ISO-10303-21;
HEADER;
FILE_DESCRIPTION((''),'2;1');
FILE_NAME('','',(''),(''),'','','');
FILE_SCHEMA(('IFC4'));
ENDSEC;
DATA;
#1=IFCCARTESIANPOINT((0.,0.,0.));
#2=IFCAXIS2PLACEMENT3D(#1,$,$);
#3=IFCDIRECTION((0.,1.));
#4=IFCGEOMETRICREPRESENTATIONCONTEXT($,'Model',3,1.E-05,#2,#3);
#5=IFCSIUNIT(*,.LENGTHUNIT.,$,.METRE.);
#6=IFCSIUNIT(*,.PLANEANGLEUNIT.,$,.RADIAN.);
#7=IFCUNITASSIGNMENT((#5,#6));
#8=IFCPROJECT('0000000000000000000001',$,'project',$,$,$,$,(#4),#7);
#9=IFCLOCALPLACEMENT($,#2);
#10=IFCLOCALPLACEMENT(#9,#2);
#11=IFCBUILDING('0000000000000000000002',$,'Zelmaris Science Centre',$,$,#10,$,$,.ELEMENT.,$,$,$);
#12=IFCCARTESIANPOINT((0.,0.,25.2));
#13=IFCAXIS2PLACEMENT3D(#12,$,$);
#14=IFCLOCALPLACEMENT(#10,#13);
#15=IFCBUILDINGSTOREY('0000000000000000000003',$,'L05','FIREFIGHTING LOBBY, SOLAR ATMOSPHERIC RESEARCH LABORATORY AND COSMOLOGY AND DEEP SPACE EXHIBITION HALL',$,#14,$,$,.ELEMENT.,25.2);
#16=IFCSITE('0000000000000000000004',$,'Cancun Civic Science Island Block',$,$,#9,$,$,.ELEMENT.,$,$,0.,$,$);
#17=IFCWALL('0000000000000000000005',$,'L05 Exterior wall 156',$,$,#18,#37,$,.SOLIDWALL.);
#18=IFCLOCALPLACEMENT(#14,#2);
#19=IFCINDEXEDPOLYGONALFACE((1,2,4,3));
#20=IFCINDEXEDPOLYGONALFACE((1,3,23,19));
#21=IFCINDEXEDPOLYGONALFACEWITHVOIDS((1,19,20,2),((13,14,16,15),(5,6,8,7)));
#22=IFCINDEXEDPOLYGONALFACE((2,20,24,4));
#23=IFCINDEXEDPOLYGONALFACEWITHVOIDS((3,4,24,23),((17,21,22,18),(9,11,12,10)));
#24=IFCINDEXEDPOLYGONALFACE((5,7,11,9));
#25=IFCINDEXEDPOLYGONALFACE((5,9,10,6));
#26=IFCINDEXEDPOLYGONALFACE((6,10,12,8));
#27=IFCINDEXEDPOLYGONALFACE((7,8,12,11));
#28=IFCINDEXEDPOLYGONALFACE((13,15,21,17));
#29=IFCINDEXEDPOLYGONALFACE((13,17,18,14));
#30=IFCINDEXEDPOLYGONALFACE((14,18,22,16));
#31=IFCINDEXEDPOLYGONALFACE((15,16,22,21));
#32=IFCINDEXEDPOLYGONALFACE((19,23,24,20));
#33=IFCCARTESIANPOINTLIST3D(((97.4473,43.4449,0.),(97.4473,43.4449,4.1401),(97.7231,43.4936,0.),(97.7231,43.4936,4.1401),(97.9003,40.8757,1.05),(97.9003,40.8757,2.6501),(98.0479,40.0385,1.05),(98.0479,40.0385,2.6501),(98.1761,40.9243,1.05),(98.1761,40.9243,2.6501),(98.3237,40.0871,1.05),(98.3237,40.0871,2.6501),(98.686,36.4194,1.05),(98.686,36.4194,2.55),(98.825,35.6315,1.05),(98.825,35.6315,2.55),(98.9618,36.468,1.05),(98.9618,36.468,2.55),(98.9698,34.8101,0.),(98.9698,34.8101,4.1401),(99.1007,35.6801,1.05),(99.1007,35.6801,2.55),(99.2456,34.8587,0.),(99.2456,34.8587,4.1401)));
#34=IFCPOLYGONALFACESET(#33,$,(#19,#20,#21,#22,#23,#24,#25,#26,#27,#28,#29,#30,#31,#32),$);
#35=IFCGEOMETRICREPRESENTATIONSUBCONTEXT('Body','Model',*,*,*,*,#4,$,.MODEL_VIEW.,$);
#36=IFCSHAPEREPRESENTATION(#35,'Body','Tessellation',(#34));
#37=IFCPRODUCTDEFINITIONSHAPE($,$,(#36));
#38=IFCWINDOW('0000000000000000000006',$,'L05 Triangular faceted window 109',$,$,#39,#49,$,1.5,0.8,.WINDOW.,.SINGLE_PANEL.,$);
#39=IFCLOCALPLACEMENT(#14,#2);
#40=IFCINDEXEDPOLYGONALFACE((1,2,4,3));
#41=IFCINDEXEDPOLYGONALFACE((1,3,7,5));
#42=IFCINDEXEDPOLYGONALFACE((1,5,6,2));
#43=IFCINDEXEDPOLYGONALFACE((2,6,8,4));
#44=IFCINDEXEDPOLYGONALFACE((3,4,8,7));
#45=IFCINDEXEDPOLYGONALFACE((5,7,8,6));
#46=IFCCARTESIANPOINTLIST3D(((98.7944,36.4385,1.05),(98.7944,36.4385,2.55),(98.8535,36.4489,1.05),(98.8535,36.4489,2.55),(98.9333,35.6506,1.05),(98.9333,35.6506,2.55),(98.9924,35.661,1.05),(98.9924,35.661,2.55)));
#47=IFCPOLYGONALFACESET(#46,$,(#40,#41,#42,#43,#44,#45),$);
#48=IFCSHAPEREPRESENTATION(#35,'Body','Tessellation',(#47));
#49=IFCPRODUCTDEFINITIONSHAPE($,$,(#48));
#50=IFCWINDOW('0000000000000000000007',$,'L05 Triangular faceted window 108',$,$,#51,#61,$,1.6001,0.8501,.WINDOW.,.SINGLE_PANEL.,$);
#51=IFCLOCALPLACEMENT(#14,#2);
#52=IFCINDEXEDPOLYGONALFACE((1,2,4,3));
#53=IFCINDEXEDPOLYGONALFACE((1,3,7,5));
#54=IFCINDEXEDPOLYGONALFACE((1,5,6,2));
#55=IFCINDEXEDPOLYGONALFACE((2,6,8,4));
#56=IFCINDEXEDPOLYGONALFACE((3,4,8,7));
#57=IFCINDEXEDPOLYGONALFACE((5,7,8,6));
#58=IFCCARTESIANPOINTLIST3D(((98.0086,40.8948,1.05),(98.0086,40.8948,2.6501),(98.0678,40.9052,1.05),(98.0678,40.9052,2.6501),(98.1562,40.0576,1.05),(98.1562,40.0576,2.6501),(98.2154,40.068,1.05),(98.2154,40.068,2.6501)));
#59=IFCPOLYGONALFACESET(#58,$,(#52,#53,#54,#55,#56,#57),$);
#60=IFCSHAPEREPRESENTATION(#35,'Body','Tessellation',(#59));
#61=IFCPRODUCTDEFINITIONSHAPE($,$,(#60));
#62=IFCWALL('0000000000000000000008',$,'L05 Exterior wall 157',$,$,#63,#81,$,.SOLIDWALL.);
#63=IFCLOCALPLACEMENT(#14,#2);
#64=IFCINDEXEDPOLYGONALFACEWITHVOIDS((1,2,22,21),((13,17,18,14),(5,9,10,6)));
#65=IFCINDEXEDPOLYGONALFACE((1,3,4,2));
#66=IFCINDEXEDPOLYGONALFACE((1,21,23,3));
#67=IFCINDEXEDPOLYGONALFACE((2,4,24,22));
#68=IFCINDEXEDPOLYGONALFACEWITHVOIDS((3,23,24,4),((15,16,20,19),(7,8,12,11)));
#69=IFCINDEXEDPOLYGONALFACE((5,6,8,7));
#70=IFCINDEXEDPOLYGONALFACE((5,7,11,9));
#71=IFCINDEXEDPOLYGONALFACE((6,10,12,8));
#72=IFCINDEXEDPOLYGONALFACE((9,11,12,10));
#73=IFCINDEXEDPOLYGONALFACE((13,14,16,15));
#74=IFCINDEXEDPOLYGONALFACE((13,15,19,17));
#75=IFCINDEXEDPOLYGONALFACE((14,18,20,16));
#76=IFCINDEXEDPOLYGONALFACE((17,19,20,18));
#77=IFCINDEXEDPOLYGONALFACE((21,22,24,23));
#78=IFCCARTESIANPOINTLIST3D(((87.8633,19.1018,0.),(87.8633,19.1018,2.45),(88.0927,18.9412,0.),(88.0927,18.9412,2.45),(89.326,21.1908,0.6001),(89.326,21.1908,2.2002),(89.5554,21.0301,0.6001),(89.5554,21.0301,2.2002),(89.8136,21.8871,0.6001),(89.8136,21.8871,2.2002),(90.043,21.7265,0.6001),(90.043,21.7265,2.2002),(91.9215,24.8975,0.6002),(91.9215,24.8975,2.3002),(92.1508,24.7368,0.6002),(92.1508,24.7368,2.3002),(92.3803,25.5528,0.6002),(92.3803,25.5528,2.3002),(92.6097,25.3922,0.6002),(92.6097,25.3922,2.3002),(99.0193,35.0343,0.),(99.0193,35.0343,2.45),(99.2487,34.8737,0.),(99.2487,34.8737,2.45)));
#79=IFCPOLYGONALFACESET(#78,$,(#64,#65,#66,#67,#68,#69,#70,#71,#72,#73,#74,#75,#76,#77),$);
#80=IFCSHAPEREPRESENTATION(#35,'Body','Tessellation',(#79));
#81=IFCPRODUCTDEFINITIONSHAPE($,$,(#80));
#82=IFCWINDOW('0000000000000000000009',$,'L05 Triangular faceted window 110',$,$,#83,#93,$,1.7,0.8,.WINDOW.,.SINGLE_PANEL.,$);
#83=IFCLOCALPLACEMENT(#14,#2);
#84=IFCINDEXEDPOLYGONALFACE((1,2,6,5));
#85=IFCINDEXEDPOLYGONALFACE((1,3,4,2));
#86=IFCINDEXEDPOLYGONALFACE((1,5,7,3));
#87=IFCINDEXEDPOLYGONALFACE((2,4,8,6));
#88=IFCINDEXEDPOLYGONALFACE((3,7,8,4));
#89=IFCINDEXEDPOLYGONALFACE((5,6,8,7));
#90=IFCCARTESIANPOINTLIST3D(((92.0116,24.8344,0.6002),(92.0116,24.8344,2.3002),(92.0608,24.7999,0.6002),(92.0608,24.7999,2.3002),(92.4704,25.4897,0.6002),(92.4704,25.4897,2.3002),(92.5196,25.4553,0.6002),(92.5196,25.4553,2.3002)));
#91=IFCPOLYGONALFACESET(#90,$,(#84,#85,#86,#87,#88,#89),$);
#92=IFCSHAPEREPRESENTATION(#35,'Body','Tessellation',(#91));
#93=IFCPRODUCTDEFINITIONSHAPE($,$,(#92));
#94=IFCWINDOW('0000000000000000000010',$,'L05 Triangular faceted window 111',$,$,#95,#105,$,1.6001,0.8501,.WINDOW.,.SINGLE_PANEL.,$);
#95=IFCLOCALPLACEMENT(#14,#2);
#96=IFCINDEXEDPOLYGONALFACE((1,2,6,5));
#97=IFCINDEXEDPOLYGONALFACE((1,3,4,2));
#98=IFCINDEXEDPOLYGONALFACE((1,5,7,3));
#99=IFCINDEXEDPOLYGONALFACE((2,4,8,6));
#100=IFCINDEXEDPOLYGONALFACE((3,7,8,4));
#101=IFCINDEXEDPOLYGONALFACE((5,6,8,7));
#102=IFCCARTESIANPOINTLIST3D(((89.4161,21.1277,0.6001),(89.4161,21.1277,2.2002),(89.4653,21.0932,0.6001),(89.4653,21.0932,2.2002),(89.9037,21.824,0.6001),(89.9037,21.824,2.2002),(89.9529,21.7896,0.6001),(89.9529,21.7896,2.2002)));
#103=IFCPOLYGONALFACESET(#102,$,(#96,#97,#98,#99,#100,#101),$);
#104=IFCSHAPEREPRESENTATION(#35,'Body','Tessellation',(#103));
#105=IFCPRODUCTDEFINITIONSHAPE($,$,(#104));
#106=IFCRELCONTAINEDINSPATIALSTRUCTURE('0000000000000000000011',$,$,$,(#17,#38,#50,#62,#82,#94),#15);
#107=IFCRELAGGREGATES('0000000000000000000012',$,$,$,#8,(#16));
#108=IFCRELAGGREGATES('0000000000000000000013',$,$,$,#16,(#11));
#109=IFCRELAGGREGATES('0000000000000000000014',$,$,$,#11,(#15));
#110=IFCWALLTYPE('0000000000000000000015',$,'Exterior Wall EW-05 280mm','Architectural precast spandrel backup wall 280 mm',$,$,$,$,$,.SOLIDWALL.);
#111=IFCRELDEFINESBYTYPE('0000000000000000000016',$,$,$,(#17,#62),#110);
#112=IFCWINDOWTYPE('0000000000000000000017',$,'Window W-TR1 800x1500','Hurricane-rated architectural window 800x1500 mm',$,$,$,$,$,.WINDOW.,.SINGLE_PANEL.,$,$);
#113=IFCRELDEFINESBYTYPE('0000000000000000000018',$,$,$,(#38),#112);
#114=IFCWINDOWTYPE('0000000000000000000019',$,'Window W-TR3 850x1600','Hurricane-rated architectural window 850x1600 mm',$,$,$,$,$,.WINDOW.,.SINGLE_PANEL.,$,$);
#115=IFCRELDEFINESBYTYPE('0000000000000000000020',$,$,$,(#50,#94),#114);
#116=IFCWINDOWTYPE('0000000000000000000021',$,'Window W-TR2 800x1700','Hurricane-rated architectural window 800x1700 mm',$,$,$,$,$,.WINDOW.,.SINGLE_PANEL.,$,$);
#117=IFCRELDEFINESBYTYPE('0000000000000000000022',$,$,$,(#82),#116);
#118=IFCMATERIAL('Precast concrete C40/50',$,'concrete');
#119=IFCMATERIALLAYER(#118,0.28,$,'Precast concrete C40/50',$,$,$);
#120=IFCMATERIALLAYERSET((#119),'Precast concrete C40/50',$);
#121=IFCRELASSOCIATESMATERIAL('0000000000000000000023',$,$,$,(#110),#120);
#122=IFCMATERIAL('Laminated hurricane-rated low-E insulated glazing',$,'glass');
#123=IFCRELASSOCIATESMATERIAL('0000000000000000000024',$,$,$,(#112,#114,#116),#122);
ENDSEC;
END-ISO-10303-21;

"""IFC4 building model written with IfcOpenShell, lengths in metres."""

from ifc_helpers import new_model, si_unit, direction, frame, frame_2d, origin, place, context, subcontext, project, spatial, rectangle, extrude, material, layer, layer_set, type_object, element, fill, save


model = new_model("IFC4")

# Units and contexts
model_context = context("Model", 3, precision=1e-05, world=origin(), true_north=direction((0.0, 1.0)))
body_context = subcontext(model_context, "Body", "Model", "MODEL_VIEW")
ifc_project = project(units=[si_unit("LENGTHUNIT", "METRE"), si_unit("PLANEANGLEUNIT", "RADIAN")], contexts=[model_context])

# Site, building, storey
site_placement = place(None, origin())
site = spatial("IfcSite", under=ifc_project, at=site_placement, Name="Cancun Civic Science Island Block", CompositionType="ELEMENT", RefElevation=0.0)
building_placement = place(site_placement, origin())
building = spatial("IfcBuilding", under=site, at=building_placement, Name="Zelmaris Science Centre", CompositionType="ELEMENT")
storey_placement = place(building_placement, frame((0.0, 0.0, 25.2)))
storey = spatial("IfcBuildingStorey", under=building, at=storey_placement, Name="L05", Description="FIREFIGHTING LOBBY, SOLAR ATMOSPHERIC RESEARCH LABORATORY AND COSMOLOGY AND DEEP SPACE EXHIBITION HALL", CompositionType="ELEMENT", Elevation=25.2)

# Shared definitions
ifc_material_1 = material(Name="Laminated hurricane-rated low-E insulated glazing", Category="glass")

# Shared definitions
ifc_material_2 = material(Name="Precast concrete C40/50", Category="concrete")

# Walls, openings, windows
ifc_layer_1 = layer(ifc_material_2, 0.28, Name="Precast concrete C40/50")
ifc_layer_set_1 = layer_set([ifc_layer_1], Name="Precast concrete C40/50")
wall_type_1 = type_object("IfcWallType", Name="Exterior Wall EW-05 280mm", Description="Architectural precast spandrel backup wall 280 mm", PredefinedType="SOLIDWALL", material=ifc_layer_set_1)
wall_1_placement = place(storey_placement, frame((97.5852, 43.4692, 0.0), z_axis=(0.0, 0.0, 1.0), x_axis=(0.173639, -0.984809, 0.0)))
wall_1 = element("IfcWall", 1, at=wall_1_placement, inside=storey, type_object=wall_type_1, Name="L05 Exterior wall 156", PredefinedType="SOLIDWALL", context=body_context, shape_type="SweptSolid", body=[
    extrude(rectangle(XDim=8.7681, YDim=0.28, at=frame_2d((4.384, 0.0))), origin(), (0.0, 0.0, 1.0), 4.1401),
])
opening_1_placement = place(wall_1_placement, frame((2.6089, 0.0, 1.05)))
opening_1 = element("IfcOpeningElement", 2, at=opening_1_placement, cuts=wall_1, PredefinedType="OPENING", context=body_context, shape_type="SweptSolid", body=[
    extrude(rectangle(XDim=0.8501, YDim=1.6001, at=frame_2d((0.425, 0.8))), frame((0.0, 0.1499, 0.0), z_axis=(0.0, -1.0, 0.0), x_axis=(1.0, 0.0, 0.0)), (0.0, 0.0, 1.0), 0.3),
])
opening_2_placement = place(wall_1_placement, frame((7.134, 0.0, 1.05)))
opening_2 = element("IfcOpeningElement", 3, at=opening_2_placement, cuts=wall_1, PredefinedType="OPENING", context=body_context, shape_type="SweptSolid", body=[
    extrude(rectangle(XDim=0.8, YDim=1.5, at=frame_2d((0.3999, 0.75))), frame((0.0, 0.1499, 0.0), z_axis=(0.0, -1.0, 0.0), x_axis=(1.0, 0.0, 0.0)), (0.0, 0.0, 1.0), 0.3),
])
window_type_1 = type_object("IfcWindowType", Name="Window W-TR1 800x1500", Description="Hurricane-rated architectural window 800x1500 mm", PartitioningType="SINGLE_PANEL", PredefinedType="WINDOW", material=ifc_material_1)
window_1_placement = place(opening_2_placement, origin())
window_1 = element("IfcWindow", 4, at=window_1_placement, inside=storey, type_object=window_type_1, Name="L05 Triangular faceted window 109", OverallHeight=1.5, OverallWidth=0.8, PartitioningType="SINGLE_PANEL", PredefinedType="WINDOW", context=body_context, shape_type="SweptSolid", body=[
    extrude(rectangle(XDim=0.8, YDim=1.5, at=frame_2d((0.3999, 0.75))), frame((0.0, 0.03, 0.0), z_axis=(0.0, -1.0, 0.0), x_axis=(1.0, 0.0, 0.0)), (0.0, 0.0, 1.0), 0.0601),
])
fill(opening_2, window_1)
window_type_2 = type_object("IfcWindowType", Name="Window W-TR3 850x1600", Description="Hurricane-rated architectural window 850x1600 mm", PartitioningType="SINGLE_PANEL", PredefinedType="WINDOW", material=ifc_material_1)
window_2_placement = place(opening_1_placement, origin())
window_2 = element("IfcWindow", 5, at=window_2_placement, inside=storey, type_object=window_type_2, Name="L05 Triangular faceted window 108", OverallHeight=1.6001, OverallWidth=0.8501, PartitioningType="SINGLE_PANEL", PredefinedType="WINDOW", context=body_context, shape_type="SweptSolid", body=[
    extrude(rectangle(XDim=0.8501, YDim=1.6001, at=frame_2d((0.425, 0.8))), frame((0.0, 0.03, 0.0), z_axis=(0.0, -1.0, 0.0), x_axis=(1.0, 0.0, 0.0)), (0.0, 0.0, 1.0), 0.0601),
])
fill(opening_1, window_2)
wall_2_placement = place(storey_placement, frame((99.134, 34.9541, 0.0), z_axis=(0.0, 0.0, 1.0), x_axis=(-0.573572, -0.819155, 0.0)))
wall_2 = element("IfcWall", 6, at=wall_2_placement, inside=storey, type_object=wall_type_1, Name="L05 Exterior wall 157", PredefinedType="SOLIDWALL", context=body_context, shape_type="SweptSolid", body=[
    extrude(rectangle(XDim=19.45, YDim=0.28, at=frame_2d((9.7251, 0.0))), origin(), (0.0, 0.0, 1.0), 2.45),
])
opening_3_placement = place(wall_2_placement, frame((11.575, 0.0, 0.6001)))
opening_3 = element("IfcOpeningElement", 7, at=opening_3_placement, cuts=wall_2, PredefinedType="OPENING", context=body_context, shape_type="SweptSolid", body=[
    extrude(rectangle(XDim=0.8, YDim=1.7, at=frame_2d((0.3999, 0.8501))), frame((0.0, 0.1499, 0.0), z_axis=(0.0, -1.0, 0.0), x_axis=(1.0, 0.0, 0.0)), (0.0, 0.0, 1.0), 0.3),
])
opening_4_placement = place(wall_2_placement, frame((16.0498, 0.0, 0.6001)))
opening_4 = element("IfcOpeningElement", 8, at=opening_4_placement, cuts=wall_2, PredefinedType="OPENING", context=body_context, shape_type="SweptSolid", body=[
    extrude(rectangle(XDim=0.8501, YDim=1.6001, at=frame_2d((0.425, 0.8))), frame((0.0, 0.1499, 0.0), z_axis=(0.0, -1.0, 0.0), x_axis=(1.0, 0.0, 0.0)), (0.0, 0.0, 1.0), 0.3),
])
window_type_3 = type_object("IfcWindowType", Name="Window W-TR2 800x1700", Description="Hurricane-rated architectural window 800x1700 mm", PartitioningType="SINGLE_PANEL", PredefinedType="WINDOW", material=ifc_material_1)
window_3_placement = place(opening_3_placement, origin())
window_3 = element("IfcWindow", 9, at=window_3_placement, inside=storey, type_object=window_type_3, Name="L05 Triangular faceted window 110", OverallHeight=1.7, OverallWidth=0.8, PartitioningType="SINGLE_PANEL", PredefinedType="WINDOW", context=body_context, shape_type="SweptSolid", body=[
    extrude(rectangle(XDim=0.8, YDim=1.7, at=frame_2d((0.3999, 0.8501))), frame((0.0, 0.03, 0.0), z_axis=(0.0, -1.0, 0.0), x_axis=(1.0, 0.0, 0.0)), (0.0, 0.0, 1.0), 0.0601),
])
fill(opening_3, window_3)
window_4_placement = place(opening_4_placement, origin())
window_4 = element("IfcWindow", 10, at=window_4_placement, inside=storey, type_object=window_type_2, Name="L05 Triangular faceted window 111", OverallHeight=1.6001, OverallWidth=0.8501, PartitioningType="SINGLE_PANEL", PredefinedType="WINDOW", context=body_context, shape_type="SweptSolid", body=[
    extrude(rectangle(XDim=0.8501, YDim=1.6001, at=frame_2d((0.425, 0.8))), frame((0.0, 0.03, 0.0), z_axis=(0.0, -1.0, 0.0), x_axis=(1.0, 0.0, 0.0)), (0.0, 0.0, 1.0), 0.0601),
])
fill(opening_4, window_4)

save(model, "model.ifc")
